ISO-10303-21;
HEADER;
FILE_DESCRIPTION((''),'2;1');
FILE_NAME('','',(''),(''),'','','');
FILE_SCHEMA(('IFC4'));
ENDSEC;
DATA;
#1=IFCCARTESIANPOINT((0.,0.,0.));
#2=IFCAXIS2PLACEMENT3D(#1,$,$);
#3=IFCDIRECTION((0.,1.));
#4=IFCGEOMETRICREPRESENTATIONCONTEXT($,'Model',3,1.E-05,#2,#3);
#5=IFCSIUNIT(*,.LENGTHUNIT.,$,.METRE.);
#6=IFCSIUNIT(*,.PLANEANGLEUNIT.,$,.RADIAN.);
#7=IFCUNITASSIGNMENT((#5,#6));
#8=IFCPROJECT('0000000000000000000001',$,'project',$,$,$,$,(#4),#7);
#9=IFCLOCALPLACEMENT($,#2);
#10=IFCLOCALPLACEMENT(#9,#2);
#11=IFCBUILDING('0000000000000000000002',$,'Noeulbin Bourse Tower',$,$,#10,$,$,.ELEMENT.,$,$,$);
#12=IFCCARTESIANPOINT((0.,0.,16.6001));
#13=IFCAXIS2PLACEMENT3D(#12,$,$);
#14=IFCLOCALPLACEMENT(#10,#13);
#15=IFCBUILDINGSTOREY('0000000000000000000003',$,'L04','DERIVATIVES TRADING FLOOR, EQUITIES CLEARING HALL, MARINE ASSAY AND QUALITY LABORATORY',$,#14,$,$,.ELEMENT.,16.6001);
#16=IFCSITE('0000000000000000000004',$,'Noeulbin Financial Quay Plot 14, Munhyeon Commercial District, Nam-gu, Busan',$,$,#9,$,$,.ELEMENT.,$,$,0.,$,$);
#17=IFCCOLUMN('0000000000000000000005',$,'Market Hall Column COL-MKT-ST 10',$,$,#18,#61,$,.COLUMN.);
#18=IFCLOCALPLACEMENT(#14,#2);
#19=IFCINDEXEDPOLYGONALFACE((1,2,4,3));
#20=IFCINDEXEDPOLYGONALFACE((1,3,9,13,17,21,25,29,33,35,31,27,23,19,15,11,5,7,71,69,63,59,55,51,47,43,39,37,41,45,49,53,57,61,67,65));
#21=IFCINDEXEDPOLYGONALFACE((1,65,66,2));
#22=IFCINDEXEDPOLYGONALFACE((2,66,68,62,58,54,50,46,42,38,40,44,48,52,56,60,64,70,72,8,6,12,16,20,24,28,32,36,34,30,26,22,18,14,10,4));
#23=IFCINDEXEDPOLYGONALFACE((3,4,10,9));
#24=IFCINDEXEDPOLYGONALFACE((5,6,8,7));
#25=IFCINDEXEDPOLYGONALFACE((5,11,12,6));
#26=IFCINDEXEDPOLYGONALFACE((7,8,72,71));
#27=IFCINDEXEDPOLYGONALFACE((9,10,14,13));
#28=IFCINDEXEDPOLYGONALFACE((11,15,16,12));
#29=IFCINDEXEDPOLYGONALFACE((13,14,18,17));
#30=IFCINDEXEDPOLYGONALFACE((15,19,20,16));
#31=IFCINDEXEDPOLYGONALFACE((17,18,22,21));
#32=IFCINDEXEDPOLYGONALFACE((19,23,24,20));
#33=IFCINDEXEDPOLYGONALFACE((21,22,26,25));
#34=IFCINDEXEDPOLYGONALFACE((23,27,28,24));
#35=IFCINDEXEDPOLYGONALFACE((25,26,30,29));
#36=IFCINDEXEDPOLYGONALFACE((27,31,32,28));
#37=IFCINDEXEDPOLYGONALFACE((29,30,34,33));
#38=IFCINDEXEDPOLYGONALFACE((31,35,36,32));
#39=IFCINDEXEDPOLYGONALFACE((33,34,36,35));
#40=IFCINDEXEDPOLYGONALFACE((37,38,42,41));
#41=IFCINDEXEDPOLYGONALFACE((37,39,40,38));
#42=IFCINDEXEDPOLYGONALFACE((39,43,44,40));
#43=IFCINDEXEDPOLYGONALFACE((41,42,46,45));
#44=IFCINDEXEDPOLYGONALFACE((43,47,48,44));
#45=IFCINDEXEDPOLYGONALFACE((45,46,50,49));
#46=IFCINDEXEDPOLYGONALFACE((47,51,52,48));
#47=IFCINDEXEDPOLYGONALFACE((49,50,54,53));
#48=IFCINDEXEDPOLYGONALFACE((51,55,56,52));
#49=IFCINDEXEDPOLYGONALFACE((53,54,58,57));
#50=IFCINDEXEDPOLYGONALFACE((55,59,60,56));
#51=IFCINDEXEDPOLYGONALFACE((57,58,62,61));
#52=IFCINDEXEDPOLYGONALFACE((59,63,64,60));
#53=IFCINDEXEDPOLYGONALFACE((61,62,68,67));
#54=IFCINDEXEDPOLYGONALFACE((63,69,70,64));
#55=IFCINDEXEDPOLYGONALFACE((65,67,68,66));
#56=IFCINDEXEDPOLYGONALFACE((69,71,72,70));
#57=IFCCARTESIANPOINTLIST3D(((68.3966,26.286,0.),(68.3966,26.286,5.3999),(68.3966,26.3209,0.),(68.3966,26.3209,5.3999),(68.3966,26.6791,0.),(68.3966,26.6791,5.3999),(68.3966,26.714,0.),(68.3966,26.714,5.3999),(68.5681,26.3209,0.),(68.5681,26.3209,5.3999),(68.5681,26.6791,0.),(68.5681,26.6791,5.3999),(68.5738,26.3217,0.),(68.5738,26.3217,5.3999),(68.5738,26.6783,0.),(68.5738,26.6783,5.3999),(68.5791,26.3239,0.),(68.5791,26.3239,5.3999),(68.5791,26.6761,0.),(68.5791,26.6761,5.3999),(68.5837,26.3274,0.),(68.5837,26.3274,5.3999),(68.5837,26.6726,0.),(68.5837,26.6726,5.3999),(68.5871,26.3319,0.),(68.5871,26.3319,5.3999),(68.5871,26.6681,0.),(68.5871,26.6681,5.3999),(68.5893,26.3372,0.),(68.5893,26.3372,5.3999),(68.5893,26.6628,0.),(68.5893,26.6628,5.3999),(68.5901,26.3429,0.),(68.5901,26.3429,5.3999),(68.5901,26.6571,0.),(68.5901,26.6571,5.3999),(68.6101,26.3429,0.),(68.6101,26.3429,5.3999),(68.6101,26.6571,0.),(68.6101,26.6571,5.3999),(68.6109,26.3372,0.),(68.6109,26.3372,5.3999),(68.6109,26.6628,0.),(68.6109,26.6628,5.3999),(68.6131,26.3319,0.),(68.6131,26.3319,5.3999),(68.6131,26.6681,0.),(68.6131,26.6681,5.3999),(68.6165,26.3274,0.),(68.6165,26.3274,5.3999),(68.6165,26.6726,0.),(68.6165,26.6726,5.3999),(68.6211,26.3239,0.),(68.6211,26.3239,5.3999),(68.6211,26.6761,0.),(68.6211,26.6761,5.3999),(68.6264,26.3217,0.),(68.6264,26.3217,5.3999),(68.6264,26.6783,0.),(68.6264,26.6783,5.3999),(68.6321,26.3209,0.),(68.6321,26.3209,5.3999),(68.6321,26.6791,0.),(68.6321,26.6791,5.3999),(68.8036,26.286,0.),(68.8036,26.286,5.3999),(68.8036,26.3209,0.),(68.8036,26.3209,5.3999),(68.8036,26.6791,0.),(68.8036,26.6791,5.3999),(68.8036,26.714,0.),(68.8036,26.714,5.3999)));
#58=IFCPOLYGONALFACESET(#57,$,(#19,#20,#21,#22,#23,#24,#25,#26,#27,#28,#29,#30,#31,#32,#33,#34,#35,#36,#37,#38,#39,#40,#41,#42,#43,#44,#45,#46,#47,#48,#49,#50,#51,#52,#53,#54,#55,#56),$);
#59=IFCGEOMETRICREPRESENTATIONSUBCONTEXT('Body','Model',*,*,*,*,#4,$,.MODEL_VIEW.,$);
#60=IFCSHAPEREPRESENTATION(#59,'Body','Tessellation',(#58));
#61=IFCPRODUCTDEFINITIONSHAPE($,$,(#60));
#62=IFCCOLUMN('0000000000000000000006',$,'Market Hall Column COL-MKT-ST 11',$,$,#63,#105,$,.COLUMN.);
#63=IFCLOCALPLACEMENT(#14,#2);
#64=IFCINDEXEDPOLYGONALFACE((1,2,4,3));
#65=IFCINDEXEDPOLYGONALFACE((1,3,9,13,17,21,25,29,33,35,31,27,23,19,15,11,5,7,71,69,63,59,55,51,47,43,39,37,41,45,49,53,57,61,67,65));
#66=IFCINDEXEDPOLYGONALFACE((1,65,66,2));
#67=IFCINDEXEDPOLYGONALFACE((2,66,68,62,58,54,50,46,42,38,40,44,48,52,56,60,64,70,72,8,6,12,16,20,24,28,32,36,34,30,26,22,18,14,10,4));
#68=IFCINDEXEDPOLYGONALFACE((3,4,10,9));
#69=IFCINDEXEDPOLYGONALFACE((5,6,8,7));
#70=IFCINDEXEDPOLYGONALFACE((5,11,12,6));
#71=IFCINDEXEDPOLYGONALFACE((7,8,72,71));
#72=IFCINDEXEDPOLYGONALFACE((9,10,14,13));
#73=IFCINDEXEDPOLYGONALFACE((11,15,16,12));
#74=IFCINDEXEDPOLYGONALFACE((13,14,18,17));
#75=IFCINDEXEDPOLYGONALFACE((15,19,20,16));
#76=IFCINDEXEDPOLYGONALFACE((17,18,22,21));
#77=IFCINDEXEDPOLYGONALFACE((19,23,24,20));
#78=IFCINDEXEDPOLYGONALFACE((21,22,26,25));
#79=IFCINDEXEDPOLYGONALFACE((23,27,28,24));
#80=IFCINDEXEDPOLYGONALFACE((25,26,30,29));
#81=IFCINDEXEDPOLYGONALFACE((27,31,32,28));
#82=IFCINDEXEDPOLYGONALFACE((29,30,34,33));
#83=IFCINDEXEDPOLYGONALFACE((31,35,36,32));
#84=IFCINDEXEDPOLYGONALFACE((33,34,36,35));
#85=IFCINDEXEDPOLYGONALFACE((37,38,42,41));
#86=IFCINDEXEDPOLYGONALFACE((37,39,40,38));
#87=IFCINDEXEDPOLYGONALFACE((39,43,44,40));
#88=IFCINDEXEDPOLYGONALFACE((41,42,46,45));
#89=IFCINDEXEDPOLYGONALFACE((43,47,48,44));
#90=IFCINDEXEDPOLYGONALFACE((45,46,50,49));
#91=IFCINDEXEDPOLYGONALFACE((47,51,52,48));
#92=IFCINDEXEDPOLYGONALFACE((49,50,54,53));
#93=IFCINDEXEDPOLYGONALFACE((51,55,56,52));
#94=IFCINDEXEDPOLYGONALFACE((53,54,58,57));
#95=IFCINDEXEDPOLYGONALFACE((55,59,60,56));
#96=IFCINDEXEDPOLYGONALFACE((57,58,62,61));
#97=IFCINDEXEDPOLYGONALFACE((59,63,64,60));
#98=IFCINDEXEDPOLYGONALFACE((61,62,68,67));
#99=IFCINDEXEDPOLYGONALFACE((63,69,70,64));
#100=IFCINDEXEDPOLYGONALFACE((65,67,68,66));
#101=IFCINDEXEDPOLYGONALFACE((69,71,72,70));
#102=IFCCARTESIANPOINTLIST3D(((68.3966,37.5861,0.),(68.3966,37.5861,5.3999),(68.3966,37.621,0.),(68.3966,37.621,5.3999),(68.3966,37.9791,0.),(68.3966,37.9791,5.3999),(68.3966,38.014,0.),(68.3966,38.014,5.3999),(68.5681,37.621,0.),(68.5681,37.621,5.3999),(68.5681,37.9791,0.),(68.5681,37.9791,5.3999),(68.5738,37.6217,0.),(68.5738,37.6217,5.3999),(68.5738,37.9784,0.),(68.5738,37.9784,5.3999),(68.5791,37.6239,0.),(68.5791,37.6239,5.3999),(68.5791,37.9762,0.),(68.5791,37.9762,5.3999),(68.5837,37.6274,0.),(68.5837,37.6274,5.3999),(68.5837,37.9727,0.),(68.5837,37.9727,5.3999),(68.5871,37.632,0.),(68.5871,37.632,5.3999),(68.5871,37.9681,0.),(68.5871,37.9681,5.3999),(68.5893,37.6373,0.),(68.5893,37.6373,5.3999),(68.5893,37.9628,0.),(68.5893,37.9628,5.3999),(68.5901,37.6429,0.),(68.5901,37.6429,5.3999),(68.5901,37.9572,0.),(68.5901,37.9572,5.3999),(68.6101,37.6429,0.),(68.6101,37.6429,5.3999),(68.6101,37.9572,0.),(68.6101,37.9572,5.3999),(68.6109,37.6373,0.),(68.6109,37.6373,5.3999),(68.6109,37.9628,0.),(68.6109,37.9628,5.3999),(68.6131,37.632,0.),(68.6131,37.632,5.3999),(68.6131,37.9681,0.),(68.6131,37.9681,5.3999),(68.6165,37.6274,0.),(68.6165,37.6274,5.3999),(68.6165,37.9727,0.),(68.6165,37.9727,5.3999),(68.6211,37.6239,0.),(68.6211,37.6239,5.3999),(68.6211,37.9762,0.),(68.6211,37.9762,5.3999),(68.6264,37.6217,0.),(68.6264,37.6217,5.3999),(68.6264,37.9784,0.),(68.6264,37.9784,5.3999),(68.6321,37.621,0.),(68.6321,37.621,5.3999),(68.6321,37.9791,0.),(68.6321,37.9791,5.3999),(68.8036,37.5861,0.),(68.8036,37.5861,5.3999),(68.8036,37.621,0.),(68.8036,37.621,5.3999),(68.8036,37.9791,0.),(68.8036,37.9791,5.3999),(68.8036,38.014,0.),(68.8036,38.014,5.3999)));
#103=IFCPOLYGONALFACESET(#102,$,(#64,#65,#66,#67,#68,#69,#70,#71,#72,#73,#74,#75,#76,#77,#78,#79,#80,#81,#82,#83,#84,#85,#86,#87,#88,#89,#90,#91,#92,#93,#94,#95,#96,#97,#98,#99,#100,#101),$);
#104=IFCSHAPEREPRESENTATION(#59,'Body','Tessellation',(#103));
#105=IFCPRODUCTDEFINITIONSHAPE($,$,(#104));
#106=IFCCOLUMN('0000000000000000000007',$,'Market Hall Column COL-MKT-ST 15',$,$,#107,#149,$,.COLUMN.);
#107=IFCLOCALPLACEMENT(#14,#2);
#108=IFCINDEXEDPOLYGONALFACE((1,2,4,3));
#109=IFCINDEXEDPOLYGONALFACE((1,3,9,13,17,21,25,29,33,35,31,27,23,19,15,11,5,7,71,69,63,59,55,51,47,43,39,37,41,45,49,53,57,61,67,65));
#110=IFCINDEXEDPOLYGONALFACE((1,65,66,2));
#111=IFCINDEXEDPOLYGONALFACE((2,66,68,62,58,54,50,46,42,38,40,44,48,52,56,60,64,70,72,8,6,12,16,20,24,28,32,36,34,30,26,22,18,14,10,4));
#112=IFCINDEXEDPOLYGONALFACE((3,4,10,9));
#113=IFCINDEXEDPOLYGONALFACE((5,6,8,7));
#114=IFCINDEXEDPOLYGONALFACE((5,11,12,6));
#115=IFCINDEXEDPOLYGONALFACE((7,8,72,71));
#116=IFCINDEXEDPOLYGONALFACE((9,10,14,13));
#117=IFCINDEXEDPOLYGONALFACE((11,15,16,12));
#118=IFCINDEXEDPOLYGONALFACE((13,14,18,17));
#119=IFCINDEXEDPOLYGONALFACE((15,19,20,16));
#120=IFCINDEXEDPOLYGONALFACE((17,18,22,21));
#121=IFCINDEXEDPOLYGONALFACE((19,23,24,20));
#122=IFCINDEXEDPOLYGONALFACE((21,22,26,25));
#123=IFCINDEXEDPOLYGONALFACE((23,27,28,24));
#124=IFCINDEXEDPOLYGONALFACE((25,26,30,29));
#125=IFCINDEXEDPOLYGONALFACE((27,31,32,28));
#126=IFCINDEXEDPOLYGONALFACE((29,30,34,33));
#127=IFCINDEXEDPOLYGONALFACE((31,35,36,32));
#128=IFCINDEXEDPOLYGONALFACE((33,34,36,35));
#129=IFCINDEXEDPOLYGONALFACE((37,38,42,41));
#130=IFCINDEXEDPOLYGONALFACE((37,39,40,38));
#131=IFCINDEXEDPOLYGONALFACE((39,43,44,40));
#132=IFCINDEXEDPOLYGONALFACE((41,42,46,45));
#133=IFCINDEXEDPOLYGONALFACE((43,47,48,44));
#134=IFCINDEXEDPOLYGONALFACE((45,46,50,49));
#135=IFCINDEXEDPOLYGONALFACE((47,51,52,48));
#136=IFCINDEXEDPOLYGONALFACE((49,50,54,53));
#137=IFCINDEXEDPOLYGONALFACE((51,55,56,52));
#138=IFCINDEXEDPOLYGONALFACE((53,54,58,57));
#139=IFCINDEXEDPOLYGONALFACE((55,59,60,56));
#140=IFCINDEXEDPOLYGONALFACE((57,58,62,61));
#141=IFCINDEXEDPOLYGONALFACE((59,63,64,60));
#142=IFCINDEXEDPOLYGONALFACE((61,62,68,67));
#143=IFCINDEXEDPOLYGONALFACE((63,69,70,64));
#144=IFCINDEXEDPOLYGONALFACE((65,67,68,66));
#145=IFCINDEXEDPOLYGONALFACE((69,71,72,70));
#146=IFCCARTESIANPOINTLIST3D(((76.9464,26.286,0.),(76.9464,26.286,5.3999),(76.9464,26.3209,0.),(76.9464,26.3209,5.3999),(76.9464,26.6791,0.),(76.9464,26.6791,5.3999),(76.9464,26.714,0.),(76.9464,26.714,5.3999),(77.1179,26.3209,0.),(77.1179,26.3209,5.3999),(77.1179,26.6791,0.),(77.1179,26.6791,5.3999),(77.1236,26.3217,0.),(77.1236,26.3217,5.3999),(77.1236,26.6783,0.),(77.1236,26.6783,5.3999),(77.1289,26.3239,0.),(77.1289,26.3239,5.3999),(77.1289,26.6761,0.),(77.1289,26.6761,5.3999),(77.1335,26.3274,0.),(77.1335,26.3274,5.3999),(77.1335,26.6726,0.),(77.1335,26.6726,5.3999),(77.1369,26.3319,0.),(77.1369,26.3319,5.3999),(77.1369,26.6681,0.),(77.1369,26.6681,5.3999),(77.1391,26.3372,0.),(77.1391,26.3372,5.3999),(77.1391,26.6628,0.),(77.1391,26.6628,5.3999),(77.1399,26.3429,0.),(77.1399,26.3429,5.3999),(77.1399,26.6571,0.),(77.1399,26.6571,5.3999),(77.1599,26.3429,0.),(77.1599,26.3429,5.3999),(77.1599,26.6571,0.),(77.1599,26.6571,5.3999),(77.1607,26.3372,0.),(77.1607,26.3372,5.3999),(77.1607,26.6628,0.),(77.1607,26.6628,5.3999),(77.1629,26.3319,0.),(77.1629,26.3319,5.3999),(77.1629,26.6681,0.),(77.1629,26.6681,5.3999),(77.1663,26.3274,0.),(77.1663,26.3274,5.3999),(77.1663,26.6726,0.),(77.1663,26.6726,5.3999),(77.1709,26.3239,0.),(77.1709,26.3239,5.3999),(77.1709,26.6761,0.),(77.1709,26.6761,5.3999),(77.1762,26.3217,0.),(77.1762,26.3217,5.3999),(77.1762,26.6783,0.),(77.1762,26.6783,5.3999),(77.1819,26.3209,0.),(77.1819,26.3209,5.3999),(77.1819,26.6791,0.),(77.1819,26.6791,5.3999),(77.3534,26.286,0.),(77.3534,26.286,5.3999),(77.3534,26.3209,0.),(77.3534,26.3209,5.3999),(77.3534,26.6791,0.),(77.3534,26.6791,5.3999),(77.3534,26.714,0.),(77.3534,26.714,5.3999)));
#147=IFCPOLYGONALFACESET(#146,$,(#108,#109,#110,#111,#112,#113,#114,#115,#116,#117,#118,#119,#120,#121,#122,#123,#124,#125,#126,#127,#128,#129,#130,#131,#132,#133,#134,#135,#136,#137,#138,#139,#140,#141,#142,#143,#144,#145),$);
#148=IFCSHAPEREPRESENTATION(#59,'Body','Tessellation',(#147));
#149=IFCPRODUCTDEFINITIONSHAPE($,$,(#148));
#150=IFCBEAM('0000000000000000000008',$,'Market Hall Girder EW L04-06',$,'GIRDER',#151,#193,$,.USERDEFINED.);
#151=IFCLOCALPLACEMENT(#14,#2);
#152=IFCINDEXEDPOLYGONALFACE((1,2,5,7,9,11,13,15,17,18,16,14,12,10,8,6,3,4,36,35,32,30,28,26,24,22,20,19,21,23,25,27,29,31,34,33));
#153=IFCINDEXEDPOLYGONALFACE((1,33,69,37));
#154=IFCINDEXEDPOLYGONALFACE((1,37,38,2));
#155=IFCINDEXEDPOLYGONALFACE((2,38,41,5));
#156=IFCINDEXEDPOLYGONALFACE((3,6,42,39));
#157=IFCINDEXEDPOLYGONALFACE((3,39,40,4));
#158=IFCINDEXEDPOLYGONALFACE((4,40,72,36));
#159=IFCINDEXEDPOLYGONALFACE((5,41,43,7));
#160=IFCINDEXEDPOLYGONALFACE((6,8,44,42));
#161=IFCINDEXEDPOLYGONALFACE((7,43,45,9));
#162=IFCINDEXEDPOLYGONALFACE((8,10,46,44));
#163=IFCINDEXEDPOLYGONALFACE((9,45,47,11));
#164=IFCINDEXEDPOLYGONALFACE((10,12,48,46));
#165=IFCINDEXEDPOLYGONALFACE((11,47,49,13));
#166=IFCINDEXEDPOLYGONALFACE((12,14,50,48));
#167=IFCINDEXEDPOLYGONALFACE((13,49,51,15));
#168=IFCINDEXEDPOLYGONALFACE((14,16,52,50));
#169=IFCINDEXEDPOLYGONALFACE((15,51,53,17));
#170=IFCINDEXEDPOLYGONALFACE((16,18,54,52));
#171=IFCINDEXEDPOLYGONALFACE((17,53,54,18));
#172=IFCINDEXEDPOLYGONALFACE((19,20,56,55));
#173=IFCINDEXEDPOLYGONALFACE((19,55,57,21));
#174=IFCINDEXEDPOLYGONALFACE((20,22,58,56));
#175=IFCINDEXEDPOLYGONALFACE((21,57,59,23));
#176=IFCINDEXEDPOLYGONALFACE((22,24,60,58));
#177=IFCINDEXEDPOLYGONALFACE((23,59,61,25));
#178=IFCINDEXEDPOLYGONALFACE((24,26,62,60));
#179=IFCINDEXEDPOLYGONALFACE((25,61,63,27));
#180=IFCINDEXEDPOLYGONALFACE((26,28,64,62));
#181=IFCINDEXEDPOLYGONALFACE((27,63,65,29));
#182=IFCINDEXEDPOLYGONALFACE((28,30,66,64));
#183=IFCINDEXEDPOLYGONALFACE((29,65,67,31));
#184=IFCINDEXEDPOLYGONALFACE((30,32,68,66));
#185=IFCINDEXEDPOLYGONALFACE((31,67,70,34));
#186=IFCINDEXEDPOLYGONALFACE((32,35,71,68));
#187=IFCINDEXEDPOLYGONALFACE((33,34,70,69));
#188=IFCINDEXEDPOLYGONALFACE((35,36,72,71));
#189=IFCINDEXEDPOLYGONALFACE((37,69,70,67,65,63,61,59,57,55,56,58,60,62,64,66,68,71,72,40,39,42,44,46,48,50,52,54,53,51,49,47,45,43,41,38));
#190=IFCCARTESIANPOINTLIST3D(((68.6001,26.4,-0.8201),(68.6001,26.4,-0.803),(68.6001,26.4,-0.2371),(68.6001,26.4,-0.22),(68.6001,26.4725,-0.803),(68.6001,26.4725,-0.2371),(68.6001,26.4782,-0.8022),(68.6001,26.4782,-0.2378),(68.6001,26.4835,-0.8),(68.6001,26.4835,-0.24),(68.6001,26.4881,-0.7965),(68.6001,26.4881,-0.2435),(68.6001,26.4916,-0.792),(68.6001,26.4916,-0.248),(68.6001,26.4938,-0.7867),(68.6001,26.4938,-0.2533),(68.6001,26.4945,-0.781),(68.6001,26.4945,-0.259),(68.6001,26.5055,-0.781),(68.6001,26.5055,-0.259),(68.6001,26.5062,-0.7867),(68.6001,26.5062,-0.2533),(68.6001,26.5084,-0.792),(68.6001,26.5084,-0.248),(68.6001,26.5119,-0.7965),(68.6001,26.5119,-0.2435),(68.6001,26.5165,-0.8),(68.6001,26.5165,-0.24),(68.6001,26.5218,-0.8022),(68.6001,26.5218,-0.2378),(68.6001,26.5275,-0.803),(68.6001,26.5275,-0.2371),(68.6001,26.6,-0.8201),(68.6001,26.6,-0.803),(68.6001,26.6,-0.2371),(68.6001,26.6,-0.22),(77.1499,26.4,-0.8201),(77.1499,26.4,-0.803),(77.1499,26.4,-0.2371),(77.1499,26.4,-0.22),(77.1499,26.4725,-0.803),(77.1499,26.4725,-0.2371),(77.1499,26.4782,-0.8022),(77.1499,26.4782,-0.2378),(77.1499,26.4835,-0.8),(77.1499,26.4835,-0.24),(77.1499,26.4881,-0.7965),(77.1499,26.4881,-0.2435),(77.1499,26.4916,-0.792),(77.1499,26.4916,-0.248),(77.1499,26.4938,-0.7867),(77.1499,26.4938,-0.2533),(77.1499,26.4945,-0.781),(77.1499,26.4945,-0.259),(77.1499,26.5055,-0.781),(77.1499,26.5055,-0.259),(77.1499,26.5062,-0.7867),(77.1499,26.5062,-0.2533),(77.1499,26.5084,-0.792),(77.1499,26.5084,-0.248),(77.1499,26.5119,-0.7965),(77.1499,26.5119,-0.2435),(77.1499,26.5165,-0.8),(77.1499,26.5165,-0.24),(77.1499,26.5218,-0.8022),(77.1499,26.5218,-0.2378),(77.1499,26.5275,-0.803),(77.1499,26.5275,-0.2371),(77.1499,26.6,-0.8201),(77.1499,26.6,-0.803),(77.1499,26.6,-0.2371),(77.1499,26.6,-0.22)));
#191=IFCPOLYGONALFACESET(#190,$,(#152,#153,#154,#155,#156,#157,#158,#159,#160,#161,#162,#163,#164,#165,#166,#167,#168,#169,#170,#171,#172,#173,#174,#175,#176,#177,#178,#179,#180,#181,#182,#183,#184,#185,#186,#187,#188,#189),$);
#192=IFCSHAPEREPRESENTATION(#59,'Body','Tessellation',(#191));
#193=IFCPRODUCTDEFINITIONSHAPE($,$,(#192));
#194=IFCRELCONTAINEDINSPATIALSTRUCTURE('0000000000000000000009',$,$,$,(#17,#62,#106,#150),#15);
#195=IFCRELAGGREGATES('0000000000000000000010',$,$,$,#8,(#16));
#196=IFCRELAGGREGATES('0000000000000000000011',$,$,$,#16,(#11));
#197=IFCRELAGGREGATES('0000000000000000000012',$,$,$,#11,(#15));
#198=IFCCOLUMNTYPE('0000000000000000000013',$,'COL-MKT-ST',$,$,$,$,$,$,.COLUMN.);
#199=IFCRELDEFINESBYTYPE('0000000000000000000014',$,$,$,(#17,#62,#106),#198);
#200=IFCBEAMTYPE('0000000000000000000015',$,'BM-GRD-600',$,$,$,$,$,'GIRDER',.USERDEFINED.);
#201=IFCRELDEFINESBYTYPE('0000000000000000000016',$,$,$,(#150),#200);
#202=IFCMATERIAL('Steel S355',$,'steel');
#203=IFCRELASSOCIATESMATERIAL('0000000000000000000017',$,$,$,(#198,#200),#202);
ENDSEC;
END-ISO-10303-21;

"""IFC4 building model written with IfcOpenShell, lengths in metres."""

from ifc_helpers import new_model, si_unit, direction, frame, origin, origin_2d, place, context, subcontext, project, spatial, i_section, extrude, material, material_profile, profile_set, type_object, element, save


model = new_model("IFC4")

# Units and contexts
model_context = context("Model", 3, precision=1e-05, world=origin(), true_north=direction((0.0, 1.0)))
body_context = subcontext(model_context, "Body", "Model", "MODEL_VIEW")
ifc_project = project(units=[si_unit("LENGTHUNIT", "METRE"), si_unit("PLANEANGLEUNIT", "RADIAN")], contexts=[model_context])

# Site, building, storey
site_placement = place(None, origin())
site = spatial("IfcSite", under=ifc_project, at=site_placement, Name="Noeulbin Financial Quay Plot 14, Munhyeon Commercial District, Nam-gu, Busan", CompositionType="ELEMENT", RefElevation=0.0)
building_placement = place(site_placement, origin())
building = spatial("IfcBuilding", under=site, at=building_placement, Name="Noeulbin Bourse Tower", CompositionType="ELEMENT")
storey_placement = place(building_placement, frame((0.0, 0.0, 16.6001)))
storey = spatial("IfcBuildingStorey", under=building, at=storey_placement, Name="L04", Description="DERIVATIVES TRADING FLOOR, EQUITIES CLEARING HALL, MARINE ASSAY AND QUALITY LABORATORY", CompositionType="ELEMENT", Elevation=16.6001)

# Columns
ifc_material_1 = material(Name="Steel S355", Category="steel")
ifc_material_profile_1 = material_profile(ifc_material_1, i_section(OverallWidth=0.407, OverallDepth=0.428, WebThickness=0.02, FlangeThickness=0.0349, FilletRadius=0.022, at=origin_2d()), Name="H-428x407x20x35", Category="LoadBearing")
ifc_profile_set_1 = profile_set([ifc_material_profile_1], Name="Steel S355")
column_type = type_object("IfcColumnType", Name="COL-MKT-ST", PredefinedType="COLUMN", material=ifc_profile_set_1)
for number, where, z_axis, x_axis, name in (
    (1, (68.6001, 26.5, 0.0), (0.0, 0.0, 1.0), (1.0, 0.0, 0.0), "Market Hall Column COL-MKT-ST 10"),
    (2, (68.6001, 37.8, 0.0), (0.0, 0.0, 1.0), (1.0, 0.0, 0.0), "Market Hall Column COL-MKT-ST 11"),
    (3, (77.1499, 26.5, 0.0), (0.0, 0.0, 1.0), (1.0, 0.0, 0.0), "Market Hall Column COL-MKT-ST 15"),
):
    element("IfcColumn", number, at=place(storey_placement, frame(where, z_axis=z_axis, x_axis=x_axis)), inside=storey, type_object=column_type, Name=name, PredefinedType="COLUMN", context=body_context, shape_type="SweptSolid", body=[
        extrude(i_section(OverallWidth=0.407, OverallDepth=0.428, WebThickness=0.02, FlangeThickness=0.0349, FilletRadius=0.022, at=origin_2d()), origin(), (0.0, 0.0, 1.0), 5.3999),
    ])

# Beam
ifc_material_profile_2 = material_profile(ifc_material_1, i_section(OverallWidth=0.2, OverallDepth=0.6001, WebThickness=0.011, FlangeThickness=0.0171, FilletRadius=0.022, at=origin_2d()), Name="H-600x200x11x17", Category="LoadBearing")
ifc_profile_set_2 = profile_set([ifc_material_profile_2], Name="Steel S355")
beam_type_1 = type_object("IfcBeamType", Name="BM-GRD-600", ElementType="GIRDER", PredefinedType="USERDEFINED", material=ifc_profile_set_2)
for number, where, z_axis, x_axis, name in (
    (4, (68.6001, 26.5, -0.52), (1.0, 0.0, 0.0), (0.0, 1.0, 0.0), "Market Hall Girder EW L04-06"),
):
    element("IfcBeam", number, at=place(storey_placement, frame(where, z_axis=z_axis, x_axis=x_axis)), inside=storey, type_object=beam_type_1, Name=name, ObjectType="GIRDER", PredefinedType="USERDEFINED", context=body_context, shape_type="SweptSolid", body=[
        extrude(i_section(OverallWidth=0.2, OverallDepth=0.6001, WebThickness=0.011, FlangeThickness=0.0171, FilletRadius=0.022, at=origin_2d()), origin(), (0.0, 0.0, 1.0), 8.5498),
    ])

save(model, "model.ifc")
